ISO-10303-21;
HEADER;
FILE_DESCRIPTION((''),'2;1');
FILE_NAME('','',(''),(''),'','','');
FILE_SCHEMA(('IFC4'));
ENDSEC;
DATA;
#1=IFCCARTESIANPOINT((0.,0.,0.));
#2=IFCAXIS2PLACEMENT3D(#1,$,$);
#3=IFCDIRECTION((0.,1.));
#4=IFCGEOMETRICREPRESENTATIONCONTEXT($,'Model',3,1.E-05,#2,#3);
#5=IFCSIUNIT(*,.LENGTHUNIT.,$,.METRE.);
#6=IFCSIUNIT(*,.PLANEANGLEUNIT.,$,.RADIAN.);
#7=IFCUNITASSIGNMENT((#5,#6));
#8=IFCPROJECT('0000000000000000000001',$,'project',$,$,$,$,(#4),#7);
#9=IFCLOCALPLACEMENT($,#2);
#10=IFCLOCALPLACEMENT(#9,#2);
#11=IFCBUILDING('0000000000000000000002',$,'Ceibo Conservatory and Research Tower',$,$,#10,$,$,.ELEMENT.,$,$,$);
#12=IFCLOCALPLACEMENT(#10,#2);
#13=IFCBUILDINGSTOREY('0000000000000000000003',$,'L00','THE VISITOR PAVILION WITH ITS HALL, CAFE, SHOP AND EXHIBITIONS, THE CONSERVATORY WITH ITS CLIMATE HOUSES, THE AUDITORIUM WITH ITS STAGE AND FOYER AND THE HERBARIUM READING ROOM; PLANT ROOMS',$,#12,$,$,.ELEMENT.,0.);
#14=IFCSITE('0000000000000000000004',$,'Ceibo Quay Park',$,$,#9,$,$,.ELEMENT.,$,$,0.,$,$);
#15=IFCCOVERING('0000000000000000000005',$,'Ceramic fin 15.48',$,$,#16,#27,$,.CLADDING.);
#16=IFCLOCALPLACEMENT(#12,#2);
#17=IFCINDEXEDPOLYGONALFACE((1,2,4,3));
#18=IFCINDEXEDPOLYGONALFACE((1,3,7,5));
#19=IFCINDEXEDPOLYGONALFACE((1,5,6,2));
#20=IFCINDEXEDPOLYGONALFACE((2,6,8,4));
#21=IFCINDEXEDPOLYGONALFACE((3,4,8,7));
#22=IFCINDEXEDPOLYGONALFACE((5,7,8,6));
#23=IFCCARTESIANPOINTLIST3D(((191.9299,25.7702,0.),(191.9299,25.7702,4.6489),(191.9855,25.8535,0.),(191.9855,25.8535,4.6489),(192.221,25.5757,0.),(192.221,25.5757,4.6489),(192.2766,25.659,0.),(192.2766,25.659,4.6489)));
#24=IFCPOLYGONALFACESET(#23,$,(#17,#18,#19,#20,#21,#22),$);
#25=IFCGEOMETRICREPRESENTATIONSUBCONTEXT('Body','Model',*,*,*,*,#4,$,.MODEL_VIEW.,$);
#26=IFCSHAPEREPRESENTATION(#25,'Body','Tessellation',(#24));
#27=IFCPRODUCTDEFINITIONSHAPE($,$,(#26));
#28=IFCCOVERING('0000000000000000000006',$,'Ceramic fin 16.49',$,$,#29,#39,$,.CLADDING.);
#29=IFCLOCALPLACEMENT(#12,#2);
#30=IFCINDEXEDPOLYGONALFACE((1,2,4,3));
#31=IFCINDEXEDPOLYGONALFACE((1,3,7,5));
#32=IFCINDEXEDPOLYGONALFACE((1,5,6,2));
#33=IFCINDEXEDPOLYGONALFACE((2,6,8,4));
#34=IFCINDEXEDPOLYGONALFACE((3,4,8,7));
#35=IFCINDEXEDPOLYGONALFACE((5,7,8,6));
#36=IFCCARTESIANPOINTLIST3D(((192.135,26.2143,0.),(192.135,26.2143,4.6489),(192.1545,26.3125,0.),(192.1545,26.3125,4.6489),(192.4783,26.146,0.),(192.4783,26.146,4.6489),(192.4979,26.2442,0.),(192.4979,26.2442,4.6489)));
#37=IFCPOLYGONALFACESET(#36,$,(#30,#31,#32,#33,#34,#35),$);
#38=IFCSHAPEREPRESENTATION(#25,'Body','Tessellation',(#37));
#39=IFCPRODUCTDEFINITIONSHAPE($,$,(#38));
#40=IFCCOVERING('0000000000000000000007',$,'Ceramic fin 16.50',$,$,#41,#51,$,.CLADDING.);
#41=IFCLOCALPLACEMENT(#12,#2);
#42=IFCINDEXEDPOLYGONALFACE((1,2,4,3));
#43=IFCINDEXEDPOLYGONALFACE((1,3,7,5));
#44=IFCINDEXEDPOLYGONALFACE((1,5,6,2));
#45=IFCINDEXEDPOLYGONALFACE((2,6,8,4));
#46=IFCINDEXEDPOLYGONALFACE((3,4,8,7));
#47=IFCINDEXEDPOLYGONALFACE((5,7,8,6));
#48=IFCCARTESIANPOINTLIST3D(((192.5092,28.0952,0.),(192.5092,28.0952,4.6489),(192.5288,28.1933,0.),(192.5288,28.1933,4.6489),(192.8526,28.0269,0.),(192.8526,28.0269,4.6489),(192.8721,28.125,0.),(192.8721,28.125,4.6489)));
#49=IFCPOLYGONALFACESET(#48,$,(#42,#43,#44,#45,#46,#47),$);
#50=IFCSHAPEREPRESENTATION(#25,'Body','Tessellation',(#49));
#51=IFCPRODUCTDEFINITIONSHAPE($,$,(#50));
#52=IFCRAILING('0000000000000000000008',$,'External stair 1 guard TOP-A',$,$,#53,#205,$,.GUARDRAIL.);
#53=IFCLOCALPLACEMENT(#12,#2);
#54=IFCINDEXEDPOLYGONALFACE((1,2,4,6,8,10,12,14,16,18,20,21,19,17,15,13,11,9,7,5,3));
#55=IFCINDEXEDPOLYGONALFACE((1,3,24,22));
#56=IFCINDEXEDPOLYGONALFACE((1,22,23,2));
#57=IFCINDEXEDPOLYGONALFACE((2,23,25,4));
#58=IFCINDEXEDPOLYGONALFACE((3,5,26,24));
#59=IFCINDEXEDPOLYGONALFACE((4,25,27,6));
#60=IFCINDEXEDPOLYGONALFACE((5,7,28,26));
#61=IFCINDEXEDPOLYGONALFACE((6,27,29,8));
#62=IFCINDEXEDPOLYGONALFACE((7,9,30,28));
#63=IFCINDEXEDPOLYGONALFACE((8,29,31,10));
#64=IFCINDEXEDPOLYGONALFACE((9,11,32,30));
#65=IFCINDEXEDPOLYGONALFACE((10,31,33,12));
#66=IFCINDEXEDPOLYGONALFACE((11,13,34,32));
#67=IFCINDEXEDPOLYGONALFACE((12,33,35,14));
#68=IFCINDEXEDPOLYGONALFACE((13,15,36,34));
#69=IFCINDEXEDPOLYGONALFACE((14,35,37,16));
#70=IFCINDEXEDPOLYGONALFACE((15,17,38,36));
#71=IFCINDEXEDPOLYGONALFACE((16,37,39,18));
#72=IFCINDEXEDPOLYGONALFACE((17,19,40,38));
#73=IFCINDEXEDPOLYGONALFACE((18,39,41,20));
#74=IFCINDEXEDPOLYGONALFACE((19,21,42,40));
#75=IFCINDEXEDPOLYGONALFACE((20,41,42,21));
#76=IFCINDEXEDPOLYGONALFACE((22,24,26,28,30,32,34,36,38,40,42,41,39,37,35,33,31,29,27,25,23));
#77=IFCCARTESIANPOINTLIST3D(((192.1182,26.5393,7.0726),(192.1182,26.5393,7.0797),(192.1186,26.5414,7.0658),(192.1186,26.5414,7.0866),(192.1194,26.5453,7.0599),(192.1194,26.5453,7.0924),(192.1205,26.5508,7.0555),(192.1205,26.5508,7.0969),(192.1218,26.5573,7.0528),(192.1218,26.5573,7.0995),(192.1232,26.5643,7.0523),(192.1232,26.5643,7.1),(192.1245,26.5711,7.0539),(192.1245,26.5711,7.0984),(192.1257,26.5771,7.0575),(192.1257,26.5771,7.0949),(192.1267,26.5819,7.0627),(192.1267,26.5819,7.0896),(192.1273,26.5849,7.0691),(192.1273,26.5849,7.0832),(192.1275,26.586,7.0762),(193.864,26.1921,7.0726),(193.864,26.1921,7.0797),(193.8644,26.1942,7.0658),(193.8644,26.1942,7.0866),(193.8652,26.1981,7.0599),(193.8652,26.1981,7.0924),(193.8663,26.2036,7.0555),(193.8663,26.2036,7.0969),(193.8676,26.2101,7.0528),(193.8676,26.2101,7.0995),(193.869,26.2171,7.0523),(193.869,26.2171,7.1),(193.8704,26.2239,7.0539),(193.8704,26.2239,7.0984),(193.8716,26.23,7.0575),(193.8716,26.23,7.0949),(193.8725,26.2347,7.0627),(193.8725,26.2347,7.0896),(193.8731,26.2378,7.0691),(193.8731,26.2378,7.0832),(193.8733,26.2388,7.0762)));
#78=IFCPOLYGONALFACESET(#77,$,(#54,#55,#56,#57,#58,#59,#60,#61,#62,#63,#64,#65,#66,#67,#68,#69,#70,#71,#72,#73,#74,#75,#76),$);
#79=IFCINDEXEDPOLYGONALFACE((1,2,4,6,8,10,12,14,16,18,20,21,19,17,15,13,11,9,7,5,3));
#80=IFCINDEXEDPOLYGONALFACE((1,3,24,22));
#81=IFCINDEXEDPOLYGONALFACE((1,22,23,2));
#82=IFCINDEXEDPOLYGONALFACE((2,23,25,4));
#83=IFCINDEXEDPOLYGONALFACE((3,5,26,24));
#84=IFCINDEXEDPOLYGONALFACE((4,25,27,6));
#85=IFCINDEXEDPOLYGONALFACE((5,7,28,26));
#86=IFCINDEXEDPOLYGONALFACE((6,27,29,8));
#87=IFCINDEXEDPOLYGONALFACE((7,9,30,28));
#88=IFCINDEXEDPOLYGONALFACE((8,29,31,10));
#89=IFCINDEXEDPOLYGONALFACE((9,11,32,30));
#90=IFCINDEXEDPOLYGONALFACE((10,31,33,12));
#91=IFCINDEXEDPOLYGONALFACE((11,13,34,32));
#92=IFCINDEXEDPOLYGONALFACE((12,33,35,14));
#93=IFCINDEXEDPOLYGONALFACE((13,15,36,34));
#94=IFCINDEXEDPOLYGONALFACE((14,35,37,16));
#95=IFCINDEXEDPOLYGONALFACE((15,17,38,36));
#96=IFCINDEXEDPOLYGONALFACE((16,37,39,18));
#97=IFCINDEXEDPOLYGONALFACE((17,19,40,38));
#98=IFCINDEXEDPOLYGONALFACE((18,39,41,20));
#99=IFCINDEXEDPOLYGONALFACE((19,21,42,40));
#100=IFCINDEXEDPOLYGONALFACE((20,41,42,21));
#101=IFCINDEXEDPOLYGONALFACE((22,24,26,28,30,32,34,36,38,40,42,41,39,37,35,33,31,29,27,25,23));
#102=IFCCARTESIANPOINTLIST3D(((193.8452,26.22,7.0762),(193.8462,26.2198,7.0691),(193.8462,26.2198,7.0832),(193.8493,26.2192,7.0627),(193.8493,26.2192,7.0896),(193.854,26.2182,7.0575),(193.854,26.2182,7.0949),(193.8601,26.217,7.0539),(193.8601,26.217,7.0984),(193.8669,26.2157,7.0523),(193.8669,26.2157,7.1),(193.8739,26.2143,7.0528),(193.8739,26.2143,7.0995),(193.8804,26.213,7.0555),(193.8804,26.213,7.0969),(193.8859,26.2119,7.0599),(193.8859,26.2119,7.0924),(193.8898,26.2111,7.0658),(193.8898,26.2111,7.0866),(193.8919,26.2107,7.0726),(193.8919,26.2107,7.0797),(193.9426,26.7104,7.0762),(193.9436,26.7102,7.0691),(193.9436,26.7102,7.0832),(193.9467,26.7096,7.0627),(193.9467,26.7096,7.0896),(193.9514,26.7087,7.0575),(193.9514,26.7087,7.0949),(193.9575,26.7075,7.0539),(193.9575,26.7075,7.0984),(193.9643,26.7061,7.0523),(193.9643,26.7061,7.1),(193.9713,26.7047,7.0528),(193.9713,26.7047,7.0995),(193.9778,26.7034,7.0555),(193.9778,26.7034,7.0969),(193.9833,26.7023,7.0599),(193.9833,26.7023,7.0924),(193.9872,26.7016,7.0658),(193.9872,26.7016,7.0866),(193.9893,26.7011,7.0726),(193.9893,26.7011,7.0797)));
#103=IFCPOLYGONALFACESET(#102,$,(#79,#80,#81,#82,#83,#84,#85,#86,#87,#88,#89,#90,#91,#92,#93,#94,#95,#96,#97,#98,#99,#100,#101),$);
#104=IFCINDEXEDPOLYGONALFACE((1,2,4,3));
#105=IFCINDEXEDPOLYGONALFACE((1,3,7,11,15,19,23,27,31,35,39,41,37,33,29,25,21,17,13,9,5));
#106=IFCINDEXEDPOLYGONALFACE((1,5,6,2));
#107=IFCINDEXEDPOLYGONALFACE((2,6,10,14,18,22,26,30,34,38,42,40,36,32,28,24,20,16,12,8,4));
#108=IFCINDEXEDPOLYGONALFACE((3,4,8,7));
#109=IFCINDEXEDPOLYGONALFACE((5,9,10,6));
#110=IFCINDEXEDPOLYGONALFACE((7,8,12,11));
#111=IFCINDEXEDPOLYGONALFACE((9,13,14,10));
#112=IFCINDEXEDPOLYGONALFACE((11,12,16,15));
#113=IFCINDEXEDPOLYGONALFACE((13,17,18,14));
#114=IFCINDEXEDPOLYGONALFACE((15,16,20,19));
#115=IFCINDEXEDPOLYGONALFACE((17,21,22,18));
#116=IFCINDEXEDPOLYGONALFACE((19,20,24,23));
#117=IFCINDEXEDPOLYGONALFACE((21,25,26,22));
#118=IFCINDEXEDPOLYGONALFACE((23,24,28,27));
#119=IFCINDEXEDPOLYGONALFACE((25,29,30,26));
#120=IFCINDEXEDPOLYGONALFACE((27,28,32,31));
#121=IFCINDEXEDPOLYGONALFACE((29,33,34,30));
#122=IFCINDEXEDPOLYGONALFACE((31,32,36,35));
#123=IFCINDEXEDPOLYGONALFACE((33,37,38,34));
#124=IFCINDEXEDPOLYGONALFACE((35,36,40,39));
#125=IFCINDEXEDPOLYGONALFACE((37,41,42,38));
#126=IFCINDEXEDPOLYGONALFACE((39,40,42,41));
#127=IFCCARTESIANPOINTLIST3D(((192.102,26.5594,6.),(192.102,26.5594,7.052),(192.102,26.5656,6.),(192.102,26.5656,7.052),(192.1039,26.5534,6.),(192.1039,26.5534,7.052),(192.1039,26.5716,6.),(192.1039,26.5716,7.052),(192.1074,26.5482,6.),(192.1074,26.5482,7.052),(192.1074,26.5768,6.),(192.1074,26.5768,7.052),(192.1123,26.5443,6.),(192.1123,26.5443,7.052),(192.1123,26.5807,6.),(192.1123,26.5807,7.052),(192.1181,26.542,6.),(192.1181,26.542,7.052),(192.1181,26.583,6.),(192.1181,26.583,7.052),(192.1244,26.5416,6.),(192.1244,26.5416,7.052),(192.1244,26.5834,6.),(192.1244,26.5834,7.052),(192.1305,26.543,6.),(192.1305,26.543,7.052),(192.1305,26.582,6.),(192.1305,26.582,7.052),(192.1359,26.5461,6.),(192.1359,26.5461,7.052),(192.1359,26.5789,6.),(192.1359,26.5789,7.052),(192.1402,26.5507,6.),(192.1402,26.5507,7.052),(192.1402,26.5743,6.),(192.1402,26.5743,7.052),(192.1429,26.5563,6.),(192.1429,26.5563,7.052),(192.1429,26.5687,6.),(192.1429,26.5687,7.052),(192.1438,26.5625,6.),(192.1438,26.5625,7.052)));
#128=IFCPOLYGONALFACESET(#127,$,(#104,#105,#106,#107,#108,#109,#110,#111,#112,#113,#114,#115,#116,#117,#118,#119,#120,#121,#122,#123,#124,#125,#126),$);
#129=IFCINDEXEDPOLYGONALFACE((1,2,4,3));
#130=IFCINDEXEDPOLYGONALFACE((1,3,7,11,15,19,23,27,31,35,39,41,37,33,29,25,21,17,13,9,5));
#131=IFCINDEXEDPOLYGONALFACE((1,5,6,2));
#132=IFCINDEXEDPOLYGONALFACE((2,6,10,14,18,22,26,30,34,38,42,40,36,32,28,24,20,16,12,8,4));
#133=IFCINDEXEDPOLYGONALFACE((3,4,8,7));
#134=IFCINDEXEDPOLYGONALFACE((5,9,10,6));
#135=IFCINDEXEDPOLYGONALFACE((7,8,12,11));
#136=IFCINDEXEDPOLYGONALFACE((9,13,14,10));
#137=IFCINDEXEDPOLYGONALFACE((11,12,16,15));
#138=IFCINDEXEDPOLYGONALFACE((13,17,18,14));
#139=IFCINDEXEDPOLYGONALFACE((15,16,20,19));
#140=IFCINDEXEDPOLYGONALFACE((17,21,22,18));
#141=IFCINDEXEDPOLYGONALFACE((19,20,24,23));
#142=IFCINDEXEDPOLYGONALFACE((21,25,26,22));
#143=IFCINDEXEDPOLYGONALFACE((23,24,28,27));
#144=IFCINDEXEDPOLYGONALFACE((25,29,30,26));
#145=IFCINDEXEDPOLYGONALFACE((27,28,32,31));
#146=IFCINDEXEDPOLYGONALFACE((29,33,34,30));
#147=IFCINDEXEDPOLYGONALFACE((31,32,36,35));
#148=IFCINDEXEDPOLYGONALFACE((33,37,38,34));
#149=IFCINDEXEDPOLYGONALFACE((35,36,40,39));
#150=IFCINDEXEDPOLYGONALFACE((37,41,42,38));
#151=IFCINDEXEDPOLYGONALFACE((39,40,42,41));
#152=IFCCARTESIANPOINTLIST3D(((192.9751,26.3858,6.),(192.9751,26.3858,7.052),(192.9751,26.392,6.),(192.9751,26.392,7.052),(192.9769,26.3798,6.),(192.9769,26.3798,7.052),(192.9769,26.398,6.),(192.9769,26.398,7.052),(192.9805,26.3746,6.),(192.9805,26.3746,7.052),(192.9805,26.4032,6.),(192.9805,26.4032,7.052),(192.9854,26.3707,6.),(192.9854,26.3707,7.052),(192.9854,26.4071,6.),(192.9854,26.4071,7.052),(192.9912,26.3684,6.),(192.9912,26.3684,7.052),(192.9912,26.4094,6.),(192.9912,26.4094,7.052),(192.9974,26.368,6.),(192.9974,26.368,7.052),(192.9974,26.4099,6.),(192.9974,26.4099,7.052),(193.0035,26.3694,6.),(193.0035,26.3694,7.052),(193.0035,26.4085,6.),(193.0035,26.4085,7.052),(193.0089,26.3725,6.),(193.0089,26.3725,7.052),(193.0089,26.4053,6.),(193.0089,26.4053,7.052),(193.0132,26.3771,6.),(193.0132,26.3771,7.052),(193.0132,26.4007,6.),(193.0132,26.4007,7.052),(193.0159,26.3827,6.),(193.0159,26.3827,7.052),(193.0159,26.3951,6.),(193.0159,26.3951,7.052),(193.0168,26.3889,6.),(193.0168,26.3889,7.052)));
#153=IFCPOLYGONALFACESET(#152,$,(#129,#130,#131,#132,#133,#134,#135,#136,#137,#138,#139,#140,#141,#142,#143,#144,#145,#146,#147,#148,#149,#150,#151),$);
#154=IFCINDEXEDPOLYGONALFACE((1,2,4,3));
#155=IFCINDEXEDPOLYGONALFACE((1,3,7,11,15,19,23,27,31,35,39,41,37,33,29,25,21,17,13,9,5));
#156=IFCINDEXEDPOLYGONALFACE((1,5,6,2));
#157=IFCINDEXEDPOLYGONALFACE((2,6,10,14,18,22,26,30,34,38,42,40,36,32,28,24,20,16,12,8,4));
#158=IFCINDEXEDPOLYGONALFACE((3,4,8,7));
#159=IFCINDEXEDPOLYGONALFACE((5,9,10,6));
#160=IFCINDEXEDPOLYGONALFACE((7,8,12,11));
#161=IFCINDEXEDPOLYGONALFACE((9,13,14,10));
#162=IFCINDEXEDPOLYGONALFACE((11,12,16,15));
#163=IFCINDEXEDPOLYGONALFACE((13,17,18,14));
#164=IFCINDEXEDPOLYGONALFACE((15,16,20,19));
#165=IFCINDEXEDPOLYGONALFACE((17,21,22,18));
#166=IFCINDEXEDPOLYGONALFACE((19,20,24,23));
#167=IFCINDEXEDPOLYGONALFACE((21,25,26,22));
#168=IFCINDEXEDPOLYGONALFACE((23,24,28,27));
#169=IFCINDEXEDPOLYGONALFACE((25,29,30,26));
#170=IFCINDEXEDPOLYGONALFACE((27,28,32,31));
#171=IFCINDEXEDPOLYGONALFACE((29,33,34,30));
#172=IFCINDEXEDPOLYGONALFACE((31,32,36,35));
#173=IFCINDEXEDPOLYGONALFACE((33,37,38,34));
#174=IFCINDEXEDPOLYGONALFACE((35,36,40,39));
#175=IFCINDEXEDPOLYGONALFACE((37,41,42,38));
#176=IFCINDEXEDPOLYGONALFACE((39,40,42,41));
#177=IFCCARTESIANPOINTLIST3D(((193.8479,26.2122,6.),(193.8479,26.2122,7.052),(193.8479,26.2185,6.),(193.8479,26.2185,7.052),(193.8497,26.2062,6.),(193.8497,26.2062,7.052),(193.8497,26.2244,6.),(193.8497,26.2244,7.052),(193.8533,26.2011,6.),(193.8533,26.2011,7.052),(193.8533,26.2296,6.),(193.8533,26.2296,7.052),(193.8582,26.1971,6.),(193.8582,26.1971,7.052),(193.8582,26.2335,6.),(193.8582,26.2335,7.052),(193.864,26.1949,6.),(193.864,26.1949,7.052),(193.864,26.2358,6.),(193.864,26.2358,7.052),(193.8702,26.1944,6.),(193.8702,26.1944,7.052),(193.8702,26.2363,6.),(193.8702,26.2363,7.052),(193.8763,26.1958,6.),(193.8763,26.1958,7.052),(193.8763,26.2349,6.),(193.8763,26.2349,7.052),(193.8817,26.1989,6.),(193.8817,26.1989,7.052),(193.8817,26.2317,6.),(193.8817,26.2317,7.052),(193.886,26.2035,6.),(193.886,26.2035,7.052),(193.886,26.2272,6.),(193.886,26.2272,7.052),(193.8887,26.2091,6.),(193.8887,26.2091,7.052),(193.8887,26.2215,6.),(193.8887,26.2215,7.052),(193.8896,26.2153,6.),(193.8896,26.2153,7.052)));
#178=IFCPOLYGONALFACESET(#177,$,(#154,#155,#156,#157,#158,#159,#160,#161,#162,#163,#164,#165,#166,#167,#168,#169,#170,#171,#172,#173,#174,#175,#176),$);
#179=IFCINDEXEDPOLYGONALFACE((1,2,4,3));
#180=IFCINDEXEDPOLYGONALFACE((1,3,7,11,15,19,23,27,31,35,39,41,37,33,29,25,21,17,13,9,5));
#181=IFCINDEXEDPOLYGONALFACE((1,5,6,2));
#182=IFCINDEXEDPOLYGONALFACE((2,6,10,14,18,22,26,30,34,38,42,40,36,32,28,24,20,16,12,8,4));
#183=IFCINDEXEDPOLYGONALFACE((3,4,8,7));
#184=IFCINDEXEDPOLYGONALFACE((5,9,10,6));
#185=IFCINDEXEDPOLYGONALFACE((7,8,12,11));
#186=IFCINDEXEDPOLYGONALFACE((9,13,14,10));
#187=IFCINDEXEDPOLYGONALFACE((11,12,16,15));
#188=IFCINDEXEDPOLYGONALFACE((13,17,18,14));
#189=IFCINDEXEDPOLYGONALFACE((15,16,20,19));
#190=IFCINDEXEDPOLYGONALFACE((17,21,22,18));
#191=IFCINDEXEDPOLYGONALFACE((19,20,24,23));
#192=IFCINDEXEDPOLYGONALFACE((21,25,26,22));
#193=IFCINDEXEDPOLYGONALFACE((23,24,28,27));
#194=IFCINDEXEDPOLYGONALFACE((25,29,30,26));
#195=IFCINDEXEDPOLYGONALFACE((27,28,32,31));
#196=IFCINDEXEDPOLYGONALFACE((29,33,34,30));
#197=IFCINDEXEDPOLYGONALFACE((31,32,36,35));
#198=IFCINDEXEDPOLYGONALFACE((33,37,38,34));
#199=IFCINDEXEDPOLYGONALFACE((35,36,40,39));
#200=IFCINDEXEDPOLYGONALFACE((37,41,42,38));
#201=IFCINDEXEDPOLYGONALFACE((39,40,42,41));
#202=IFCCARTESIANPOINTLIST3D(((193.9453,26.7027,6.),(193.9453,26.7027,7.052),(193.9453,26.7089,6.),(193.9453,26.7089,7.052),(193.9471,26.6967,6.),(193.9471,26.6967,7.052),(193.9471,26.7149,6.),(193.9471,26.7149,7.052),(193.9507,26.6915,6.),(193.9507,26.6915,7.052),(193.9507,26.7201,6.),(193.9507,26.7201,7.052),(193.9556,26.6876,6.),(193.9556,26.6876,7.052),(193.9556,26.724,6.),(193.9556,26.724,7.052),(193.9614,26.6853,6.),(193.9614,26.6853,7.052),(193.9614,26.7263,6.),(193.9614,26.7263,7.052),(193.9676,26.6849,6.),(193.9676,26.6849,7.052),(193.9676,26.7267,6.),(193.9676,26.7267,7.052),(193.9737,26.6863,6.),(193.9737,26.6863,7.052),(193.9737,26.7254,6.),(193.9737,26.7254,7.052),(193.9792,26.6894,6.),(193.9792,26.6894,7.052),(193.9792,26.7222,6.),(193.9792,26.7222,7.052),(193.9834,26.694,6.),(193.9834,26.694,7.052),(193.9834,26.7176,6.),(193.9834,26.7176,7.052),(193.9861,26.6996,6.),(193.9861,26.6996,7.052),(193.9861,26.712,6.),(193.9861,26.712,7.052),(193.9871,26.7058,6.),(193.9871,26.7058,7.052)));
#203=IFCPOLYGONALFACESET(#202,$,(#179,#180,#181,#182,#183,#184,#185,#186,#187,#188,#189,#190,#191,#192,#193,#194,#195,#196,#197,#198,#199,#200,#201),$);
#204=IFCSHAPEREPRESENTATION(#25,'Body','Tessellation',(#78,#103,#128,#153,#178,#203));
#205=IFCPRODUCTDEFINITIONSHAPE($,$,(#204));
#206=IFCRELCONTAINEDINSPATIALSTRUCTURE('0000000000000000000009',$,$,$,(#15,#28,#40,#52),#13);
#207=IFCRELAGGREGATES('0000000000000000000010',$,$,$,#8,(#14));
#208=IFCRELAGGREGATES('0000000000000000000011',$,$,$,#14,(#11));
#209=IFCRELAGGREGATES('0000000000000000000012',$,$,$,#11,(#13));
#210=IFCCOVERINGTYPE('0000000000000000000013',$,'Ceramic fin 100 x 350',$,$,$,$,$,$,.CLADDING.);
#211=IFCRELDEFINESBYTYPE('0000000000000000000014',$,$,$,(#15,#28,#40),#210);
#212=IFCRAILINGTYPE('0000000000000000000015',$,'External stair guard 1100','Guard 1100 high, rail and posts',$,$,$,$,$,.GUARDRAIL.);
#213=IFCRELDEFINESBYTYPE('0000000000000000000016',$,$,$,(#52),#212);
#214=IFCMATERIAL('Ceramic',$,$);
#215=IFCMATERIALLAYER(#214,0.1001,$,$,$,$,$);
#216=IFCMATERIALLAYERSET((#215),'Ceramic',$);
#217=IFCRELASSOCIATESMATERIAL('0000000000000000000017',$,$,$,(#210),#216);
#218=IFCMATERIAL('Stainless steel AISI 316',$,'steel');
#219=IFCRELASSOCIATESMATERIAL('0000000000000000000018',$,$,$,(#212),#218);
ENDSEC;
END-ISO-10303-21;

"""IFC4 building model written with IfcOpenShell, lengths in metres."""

from ifc_helpers import new_model, si_unit, direction, frame, origin, origin_2d, place, context, subcontext, project, spatial, rectangle, circle, extrude, material, layer, layer_set, type_object, element, save


model = new_model("IFC4")

# Units and contexts
model_context = context("Model", 3, precision=1e-05, world=origin(), true_north=direction((0.0, 1.0)))
body_context = subcontext(model_context, "Body", "Model", "MODEL_VIEW")
ifc_project = project(units=[si_unit("LENGTHUNIT", "METRE"), si_unit("PLANEANGLEUNIT", "RADIAN")], contexts=[model_context])

# Site, building, storey
site_placement = place(None, origin())
site = spatial("IfcSite", under=ifc_project, at=site_placement, Name="Ceibo Quay Park", CompositionType="ELEMENT", RefElevation=0.0)
building_placement = place(site_placement, origin())
building = spatial("IfcBuilding", under=site, at=building_placement, Name="Ceibo Conservatory and Research Tower", CompositionType="ELEMENT")
storey_placement = place(building_placement, origin())
storey = spatial("IfcBuildingStorey", under=building, at=storey_placement, Name="L00", Description="THE VISITOR PAVILION WITH ITS HALL, CAFE, SHOP AND EXHIBITIONS, THE CONSERVATORY WITH ITS CLIMATE HOUSES, THE AUDITORIUM WITH ITS STAGE AND FOYER AND THE HERBARIUM READING ROOM; PLANT ROOMS", CompositionType="ELEMENT", Elevation=0.0)

# Coverings
ifc_material_1 = material(Name="Ceramic")
ifc_layer_1 = layer(ifc_material_1, 0.1001)
ifc_layer_set_1 = layer_set([ifc_layer_1], Name="Ceramic")
covering_type = type_object("IfcCoveringType", Name="Ceramic fin 100 x 350", PredefinedType="CLADDING", material=ifc_layer_set_1)
for number, where, z_axis, x_axis, name in (
    (1, (192.1033, 25.7146, 0.0), (0.0, 0.0, 1.0), (-0.55557, -0.83147, 0.0), "Ceramic fin 15.48"),
    (2, (192.3164, 26.2292, 0.0), (0.0, 0.0, 1.0), (-0.19509, -0.980785, 0.0), "Ceramic fin 16.49"),
    (3, (192.6907, 28.1101, 0.0), (0.0, 0.0, 1.0), (-0.19509, -0.980785, 0.0), "Ceramic fin 16.50"),
):
    element("IfcCovering", number, at=place(storey_placement, frame(where, z_axis=z_axis, x_axis=x_axis)), inside=storey, type_object=covering_type, Name=name, PredefinedType="CLADDING", context=body_context, shape_type="SweptSolid", body=[
        extrude(rectangle(XDim=0.1001, YDim=0.3501, at=origin_2d()), origin(), (0.0, 0.0, 1.0), 4.6489),
    ])

# Railing
ifc_material_2 = material(Name="Stainless steel AISI 316", Category="steel")
railing_type = type_object("IfcRailingType", Name="External stair guard 1100", Description="Guard 1100 high, rail and posts", PredefinedType="GUARDRAIL", material=ifc_material_2)
railing_placement = place(storey_placement, frame((192.1228, 26.5625, 6.0)))
element("IfcRailing", 4, at=railing_placement, inside=storey, type_object=railing_type, Name="External stair 1 guard TOP-A", PredefinedType="GUARDRAIL", context=body_context, shape_type="SweptSolid", body=[
    extrude(circle(Radius=0.0239, at=origin_2d()), frame((0.0, 0.0, 1.0762), z_axis=(0.980796, -0.195035, 0.0), x_axis=(0.195035, 0.980796, 0.0)), (0.0, 0.0, 1.0), 1.78),
    extrude(circle(Radius=0.0239, at=origin_2d()), frame((1.7458, -0.3472, 1.0762), z_axis=(0.194802, 0.980843, 0.0), x_axis=(-0.980843, 0.194802, 0.0)), (0.0, 0.0, 1.0), 0.5),
    extrude(circle(Radius=0.021, at=origin_2d()), origin(), (0.0, 0.0, 1.0), 1.052),
    extrude(circle(Radius=0.021, at=origin_2d()), frame((0.873, -0.1736, 0.0)), (0.0, 0.0, 1.0), 1.052),
    extrude(circle(Radius=0.021, at=origin_2d()), frame((1.7458, -0.3472, 0.0)), (0.0, 0.0, 1.0), 1.052),
    extrude(circle(Radius=0.021, at=origin_2d()), frame((1.8433, 0.1433, 0.0)), (0.0, 0.0, 1.0), 1.052),
])

save(model, "model.ifc")
